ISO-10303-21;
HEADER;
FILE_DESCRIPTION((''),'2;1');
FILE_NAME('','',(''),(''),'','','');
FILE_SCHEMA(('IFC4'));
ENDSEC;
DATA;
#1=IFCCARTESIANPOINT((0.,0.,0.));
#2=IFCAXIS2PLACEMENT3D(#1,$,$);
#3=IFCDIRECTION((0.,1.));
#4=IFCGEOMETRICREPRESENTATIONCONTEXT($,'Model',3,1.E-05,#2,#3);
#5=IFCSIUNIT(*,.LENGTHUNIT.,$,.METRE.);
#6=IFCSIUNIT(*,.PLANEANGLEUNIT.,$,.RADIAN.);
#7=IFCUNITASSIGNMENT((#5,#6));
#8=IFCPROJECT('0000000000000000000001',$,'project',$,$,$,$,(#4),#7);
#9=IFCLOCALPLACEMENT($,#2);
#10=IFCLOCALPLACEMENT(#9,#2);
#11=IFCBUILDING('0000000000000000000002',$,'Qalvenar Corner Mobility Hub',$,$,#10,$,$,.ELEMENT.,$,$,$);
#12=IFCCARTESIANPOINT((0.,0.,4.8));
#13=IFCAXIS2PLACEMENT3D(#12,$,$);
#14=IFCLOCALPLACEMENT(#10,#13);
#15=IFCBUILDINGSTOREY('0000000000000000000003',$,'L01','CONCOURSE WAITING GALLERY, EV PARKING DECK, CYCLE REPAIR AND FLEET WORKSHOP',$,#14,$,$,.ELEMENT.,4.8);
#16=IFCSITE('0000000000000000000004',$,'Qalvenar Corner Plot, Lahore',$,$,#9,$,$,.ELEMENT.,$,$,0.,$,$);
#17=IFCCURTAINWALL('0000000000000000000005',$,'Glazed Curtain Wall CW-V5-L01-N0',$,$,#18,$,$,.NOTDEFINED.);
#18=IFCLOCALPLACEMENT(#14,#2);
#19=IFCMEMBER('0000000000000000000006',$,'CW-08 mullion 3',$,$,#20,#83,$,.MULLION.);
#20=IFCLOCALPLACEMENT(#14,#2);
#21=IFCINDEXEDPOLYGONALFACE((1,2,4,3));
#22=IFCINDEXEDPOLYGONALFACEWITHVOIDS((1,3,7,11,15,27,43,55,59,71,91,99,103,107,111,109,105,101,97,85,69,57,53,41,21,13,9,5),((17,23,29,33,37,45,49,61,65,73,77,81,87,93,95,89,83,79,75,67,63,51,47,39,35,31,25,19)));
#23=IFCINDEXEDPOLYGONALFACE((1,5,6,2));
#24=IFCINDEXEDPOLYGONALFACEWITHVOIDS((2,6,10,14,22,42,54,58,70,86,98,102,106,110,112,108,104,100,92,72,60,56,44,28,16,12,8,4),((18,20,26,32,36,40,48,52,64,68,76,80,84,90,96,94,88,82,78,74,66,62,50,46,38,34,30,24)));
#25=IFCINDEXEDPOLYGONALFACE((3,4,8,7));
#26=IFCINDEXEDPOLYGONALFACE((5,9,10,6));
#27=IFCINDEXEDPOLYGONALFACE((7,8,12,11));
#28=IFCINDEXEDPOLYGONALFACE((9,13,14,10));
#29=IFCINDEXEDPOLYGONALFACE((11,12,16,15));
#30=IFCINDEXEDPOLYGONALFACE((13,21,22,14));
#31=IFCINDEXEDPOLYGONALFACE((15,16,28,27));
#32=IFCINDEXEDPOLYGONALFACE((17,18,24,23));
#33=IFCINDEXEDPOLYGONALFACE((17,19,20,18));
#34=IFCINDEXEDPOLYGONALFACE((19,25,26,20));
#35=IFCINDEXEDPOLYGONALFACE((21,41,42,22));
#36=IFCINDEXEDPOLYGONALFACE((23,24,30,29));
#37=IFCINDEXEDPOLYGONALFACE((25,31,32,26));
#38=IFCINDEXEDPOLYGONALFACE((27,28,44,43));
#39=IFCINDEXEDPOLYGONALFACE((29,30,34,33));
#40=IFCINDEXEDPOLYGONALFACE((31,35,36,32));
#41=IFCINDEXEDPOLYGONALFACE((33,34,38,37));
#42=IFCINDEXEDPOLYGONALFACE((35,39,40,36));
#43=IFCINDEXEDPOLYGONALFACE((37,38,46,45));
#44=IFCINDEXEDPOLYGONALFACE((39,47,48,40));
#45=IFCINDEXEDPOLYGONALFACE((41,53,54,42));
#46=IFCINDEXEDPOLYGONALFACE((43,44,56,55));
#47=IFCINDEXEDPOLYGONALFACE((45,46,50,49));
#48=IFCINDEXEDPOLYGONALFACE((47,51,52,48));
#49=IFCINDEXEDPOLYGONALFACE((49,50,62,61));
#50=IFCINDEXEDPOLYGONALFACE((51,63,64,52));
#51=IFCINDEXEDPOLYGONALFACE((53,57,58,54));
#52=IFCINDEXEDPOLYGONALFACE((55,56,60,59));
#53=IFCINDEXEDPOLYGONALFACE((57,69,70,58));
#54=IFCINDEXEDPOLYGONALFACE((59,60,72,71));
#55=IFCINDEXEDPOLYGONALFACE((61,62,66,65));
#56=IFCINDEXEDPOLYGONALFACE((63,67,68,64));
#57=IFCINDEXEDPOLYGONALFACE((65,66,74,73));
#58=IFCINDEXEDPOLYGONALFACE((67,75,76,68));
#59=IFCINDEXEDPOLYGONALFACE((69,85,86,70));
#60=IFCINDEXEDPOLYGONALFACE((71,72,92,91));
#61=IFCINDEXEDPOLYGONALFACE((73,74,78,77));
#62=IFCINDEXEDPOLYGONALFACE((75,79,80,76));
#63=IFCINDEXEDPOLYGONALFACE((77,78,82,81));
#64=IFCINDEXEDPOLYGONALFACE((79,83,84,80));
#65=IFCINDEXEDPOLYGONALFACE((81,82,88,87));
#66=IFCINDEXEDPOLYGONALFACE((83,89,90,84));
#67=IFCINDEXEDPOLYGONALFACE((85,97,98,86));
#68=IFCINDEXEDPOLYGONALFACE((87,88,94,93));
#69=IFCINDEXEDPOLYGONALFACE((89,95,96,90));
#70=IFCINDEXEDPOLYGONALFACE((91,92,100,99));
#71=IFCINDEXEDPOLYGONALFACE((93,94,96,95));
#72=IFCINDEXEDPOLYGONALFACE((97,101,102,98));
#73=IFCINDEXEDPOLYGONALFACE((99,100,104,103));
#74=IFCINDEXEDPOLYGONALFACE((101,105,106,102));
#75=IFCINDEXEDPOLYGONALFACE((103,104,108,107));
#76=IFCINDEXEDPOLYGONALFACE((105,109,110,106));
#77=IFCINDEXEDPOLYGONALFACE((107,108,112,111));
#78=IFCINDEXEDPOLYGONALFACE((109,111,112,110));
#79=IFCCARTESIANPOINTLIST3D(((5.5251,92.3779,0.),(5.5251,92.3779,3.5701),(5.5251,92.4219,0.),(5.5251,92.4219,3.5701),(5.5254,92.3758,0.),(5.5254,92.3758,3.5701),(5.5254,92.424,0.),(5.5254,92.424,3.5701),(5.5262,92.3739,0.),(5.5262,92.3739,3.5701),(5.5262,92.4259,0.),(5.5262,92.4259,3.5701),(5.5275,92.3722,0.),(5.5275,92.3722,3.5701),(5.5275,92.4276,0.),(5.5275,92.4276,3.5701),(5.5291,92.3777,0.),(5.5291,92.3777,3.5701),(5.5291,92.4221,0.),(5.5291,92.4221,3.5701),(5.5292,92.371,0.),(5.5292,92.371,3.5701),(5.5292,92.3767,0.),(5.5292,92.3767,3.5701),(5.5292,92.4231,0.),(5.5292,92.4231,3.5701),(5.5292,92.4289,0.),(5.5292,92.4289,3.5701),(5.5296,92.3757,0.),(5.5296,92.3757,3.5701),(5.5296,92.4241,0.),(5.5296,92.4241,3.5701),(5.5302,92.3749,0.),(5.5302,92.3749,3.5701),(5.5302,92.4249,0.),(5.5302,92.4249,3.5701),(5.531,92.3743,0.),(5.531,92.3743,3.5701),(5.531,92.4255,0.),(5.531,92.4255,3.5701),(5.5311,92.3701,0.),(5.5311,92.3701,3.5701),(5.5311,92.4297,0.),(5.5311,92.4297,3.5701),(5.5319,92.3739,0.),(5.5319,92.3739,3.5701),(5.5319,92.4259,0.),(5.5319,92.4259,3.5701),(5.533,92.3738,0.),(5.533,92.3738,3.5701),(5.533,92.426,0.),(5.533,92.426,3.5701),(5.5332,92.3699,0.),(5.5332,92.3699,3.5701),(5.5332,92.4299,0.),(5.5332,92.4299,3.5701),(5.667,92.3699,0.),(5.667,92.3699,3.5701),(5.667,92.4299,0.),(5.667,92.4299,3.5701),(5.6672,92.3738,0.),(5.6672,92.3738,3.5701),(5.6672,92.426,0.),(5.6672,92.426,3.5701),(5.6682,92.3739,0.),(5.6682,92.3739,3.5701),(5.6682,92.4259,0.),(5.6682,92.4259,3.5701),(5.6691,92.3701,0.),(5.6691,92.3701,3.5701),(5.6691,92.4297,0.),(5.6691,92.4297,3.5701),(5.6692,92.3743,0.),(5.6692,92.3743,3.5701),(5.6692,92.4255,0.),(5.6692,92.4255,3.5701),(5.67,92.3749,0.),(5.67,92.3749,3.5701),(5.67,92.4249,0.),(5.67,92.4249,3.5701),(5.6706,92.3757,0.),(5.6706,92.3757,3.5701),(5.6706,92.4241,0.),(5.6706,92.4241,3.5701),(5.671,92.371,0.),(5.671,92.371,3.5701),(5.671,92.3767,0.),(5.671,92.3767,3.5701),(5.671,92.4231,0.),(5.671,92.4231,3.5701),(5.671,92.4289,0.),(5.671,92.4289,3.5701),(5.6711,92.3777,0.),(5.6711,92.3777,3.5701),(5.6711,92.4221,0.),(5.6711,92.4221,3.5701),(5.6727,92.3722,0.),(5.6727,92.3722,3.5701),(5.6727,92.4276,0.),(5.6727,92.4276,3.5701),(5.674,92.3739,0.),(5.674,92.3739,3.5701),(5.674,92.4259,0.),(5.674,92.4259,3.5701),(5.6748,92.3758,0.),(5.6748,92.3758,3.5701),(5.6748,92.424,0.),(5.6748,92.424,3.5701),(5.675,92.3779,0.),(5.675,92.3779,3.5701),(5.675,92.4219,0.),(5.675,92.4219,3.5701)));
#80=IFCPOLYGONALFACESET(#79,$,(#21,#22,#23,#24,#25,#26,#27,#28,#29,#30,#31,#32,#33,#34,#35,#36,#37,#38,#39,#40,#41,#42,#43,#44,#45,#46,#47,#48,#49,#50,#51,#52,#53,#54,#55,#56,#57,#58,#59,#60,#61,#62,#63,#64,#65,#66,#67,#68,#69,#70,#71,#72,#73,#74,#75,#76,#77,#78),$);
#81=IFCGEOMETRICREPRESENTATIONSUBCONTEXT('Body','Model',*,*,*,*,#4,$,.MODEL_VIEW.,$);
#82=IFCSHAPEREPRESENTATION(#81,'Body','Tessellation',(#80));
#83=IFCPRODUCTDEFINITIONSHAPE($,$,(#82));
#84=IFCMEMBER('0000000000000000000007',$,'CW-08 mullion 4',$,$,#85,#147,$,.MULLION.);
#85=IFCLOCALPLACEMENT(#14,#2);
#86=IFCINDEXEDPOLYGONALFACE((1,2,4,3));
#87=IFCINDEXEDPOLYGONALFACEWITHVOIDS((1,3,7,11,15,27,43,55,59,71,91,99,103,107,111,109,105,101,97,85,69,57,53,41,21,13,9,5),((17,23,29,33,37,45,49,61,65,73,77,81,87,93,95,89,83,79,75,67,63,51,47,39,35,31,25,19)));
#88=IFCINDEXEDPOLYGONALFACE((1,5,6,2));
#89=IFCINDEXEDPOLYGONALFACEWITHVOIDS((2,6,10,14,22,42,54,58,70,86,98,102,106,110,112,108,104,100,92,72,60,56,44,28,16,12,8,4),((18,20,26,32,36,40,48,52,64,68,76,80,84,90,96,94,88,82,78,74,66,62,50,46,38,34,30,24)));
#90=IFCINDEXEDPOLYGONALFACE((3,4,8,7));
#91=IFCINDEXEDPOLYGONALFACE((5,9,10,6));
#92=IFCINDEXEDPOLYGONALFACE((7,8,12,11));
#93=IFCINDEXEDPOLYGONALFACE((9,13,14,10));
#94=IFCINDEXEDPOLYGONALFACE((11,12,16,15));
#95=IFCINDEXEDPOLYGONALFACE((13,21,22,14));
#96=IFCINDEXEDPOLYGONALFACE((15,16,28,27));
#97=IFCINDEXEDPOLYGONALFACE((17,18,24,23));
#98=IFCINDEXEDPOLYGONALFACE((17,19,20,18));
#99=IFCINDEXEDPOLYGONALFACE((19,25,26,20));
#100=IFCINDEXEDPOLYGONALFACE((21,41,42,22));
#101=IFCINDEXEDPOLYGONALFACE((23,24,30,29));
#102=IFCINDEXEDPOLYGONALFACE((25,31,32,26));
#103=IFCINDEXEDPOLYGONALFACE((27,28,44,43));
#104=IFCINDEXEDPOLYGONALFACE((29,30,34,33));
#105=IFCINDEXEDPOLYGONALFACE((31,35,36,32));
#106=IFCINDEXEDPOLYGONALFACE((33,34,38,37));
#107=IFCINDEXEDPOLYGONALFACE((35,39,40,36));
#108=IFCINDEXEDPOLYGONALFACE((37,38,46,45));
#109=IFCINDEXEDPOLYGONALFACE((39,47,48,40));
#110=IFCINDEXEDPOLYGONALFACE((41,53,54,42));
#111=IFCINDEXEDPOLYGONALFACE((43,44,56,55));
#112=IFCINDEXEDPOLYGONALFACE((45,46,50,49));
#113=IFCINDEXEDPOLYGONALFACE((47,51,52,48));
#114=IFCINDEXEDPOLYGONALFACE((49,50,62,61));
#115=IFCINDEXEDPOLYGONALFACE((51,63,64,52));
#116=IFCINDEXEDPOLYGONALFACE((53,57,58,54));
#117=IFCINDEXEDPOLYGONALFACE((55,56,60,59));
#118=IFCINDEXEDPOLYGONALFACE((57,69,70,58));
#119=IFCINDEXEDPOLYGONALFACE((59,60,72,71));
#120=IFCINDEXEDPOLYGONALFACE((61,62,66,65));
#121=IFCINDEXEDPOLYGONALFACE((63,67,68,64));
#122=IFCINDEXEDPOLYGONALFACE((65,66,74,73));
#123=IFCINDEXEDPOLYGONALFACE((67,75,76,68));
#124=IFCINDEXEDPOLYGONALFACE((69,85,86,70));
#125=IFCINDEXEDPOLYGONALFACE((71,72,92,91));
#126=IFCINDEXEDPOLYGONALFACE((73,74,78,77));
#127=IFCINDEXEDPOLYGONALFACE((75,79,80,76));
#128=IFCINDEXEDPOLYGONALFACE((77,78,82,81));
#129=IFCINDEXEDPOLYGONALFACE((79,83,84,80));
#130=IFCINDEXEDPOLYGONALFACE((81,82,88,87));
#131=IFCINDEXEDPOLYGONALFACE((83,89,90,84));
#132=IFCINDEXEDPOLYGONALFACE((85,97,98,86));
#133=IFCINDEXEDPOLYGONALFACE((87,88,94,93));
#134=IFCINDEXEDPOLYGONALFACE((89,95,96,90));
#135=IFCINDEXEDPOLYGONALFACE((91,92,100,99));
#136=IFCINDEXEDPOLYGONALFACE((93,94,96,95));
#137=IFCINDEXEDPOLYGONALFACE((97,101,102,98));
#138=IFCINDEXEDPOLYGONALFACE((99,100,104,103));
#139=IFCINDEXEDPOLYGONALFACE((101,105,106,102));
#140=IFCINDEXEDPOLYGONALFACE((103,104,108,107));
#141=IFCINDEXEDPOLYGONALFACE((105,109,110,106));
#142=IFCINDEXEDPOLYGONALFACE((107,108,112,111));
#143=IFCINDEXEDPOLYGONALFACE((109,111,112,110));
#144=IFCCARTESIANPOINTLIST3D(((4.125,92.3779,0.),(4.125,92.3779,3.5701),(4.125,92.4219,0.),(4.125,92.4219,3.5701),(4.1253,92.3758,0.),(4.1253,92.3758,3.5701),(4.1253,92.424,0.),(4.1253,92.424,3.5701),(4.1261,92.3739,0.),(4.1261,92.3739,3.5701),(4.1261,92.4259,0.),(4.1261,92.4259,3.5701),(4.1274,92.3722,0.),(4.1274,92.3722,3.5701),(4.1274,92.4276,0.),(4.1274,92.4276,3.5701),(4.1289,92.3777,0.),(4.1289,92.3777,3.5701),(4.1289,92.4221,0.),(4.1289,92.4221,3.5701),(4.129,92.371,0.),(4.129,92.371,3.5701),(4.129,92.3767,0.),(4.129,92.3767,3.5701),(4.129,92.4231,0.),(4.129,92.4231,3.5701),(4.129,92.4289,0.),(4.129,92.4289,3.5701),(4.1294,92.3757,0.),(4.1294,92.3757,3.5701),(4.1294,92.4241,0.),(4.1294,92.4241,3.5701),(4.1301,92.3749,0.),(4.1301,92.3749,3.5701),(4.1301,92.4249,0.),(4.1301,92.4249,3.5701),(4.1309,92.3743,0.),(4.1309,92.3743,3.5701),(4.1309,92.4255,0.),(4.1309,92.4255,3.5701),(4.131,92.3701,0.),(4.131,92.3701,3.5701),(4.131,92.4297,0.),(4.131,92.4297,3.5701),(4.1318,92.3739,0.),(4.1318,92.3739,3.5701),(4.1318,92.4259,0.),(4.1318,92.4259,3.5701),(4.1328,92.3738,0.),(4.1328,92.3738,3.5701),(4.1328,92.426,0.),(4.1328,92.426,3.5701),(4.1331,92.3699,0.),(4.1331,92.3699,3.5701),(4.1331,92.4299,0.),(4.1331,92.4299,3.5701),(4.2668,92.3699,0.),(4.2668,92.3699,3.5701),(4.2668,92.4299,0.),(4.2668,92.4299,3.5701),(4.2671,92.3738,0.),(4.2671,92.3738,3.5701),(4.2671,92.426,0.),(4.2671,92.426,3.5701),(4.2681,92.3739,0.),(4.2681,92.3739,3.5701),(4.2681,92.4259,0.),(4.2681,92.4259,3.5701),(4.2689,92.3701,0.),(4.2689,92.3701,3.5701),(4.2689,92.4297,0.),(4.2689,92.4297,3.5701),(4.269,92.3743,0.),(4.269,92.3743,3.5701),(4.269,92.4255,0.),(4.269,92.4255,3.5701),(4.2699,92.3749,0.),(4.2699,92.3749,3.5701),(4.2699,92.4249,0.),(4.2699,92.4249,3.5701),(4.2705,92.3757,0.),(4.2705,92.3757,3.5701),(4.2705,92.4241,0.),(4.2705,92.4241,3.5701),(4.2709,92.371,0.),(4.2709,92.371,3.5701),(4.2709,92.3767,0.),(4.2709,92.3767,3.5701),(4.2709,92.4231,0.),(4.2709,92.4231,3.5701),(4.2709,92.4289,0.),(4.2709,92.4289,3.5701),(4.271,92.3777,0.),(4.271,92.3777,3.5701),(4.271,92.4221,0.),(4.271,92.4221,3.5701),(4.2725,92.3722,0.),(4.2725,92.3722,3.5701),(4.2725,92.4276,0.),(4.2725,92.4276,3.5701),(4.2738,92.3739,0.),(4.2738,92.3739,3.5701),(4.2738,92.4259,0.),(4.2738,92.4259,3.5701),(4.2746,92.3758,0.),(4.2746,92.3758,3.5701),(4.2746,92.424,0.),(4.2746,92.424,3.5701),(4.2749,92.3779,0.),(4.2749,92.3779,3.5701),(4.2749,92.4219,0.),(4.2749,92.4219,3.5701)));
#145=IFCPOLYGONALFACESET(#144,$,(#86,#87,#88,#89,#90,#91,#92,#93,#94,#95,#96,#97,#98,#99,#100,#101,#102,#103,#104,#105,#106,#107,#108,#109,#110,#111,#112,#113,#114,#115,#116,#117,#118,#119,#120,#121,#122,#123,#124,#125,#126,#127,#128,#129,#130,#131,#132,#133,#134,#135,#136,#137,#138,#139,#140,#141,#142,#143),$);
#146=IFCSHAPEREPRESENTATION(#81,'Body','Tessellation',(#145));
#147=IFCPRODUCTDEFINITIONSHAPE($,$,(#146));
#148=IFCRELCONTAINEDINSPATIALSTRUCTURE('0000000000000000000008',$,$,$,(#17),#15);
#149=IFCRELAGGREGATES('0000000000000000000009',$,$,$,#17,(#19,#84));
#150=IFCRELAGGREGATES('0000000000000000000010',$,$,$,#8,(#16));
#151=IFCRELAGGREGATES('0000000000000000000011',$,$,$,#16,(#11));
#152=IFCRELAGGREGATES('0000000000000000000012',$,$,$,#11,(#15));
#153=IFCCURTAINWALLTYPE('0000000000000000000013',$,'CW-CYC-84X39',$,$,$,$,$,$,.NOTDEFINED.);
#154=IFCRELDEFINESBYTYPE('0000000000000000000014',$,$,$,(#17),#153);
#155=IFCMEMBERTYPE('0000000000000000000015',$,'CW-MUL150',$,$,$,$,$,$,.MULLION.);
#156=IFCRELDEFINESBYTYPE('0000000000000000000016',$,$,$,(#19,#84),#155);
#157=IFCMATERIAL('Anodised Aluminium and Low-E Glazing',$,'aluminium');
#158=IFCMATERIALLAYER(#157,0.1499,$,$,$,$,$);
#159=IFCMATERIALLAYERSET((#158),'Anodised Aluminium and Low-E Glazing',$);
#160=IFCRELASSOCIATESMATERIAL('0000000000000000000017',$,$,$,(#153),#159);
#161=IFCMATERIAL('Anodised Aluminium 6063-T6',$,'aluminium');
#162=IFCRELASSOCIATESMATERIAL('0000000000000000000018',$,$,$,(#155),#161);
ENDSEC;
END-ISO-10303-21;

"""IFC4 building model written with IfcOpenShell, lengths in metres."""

from ifc_helpers import new_model, si_unit, direction, frame, origin, origin_2d, place, context, subcontext, project, spatial, hollow_rectangle, extrude, material, layer, layer_set, material_profile, profile_set, type_object, element, aggregate, save


model = new_model("IFC4")

# Units and contexts
model_context = context("Model", 3, precision=1e-05, world=origin(), true_north=direction((0.0, 1.0)))
body_context = subcontext(model_context, "Body", "Model", "MODEL_VIEW")
ifc_project = project(units=[si_unit("LENGTHUNIT", "METRE"), si_unit("PLANEANGLEUNIT", "RADIAN")], contexts=[model_context])

# Site, building, storey
site_placement = place(None, origin())
site = spatial("IfcSite", under=ifc_project, at=site_placement, Name="Qalvenar Corner Plot, Lahore", CompositionType="ELEMENT", RefElevation=0.0)
building_placement = place(site_placement, origin())
building = spatial("IfcBuilding", under=site, at=building_placement, Name="Qalvenar Corner Mobility Hub", CompositionType="ELEMENT")
storey_placement = place(building_placement, frame((0.0, 0.0, 4.8)))
storey = spatial("IfcBuildingStorey", under=building, at=storey_placement, Name="L01", Description="CONCOURSE WAITING GALLERY, EV PARKING DECK, CYCLE REPAIR AND FLEET WORKSHOP", CompositionType="ELEMENT", Elevation=4.8)

# Curtain wall, members
ifc_material_1 = material(Name="Anodised Aluminium and Low-E Glazing", Category="aluminium")
ifc_layer_1 = layer(ifc_material_1, 0.1499)
ifc_layer_set_1 = layer_set([ifc_layer_1], Name="Anodised Aluminium and Low-E Glazing")
curtain_wall_type = type_object("IfcCurtainWallType", Name="CW-CYC-84X39", PredefinedType="NOTDEFINED", material=ifc_layer_set_1)
curtain_wall_placement = place(storey_placement, origin())
curtain_wall = element("IfcCurtainWall", 1, at=curtain_wall_placement, inside=storey, type_object=curtain_wall_type, Name="Glazed Curtain Wall CW-V5-L01-N0", PredefinedType="NOTDEFINED")
ifc_material_2 = material(Name="Anodised Aluminium 6063-T6", Category="aluminium")
ifc_material_profile_1 = material_profile(ifc_material_2, hollow_rectangle(XDim=0.0601, YDim=0.1499, WallThickness=0.0039, InnerFilletRadius=0.0039, OuterFilletRadius=0.0081, at=origin_2d()), Name="RHS150x60x4")
ifc_profile_set_1 = profile_set([ifc_material_profile_1], Name="Anodised Aluminium 6063-T6")
member_type_1 = type_object("IfcMemberType", Name="CW-MUL150", PredefinedType="MULLION", material=ifc_profile_set_1)
member_1_placement = place(storey_placement, frame((5.6001, 92.3999, 0.0), z_axis=(0.0, 0.0, 1.0), x_axis=(0.0, -1.0, 0.0)))
member_1 = element("IfcMember", 2, at=member_1_placement, type_object=member_type_1, Name="CW-08 mullion 3", PredefinedType="MULLION", context=body_context, shape_type="SweptSolid", body=[
    extrude(hollow_rectangle(XDim=0.0601, YDim=0.1499, WallThickness=0.0039, InnerFilletRadius=0.0039, OuterFilletRadius=0.0081, at=origin_2d()), origin(), (0.0, 0.0, 1.0), 3.5701),
])
member_2_placement = place(storey_placement, frame((4.2, 92.3999, 0.0), z_axis=(0.0, 0.0, 1.0), x_axis=(0.0, -1.0, 0.0)))
member_2 = element("IfcMember", 3, at=member_2_placement, type_object=member_type_1, Name="CW-08 mullion 4", PredefinedType="MULLION", context=body_context, shape_type="SweptSolid", body=[
    extrude(hollow_rectangle(XDim=0.0601, YDim=0.1499, WallThickness=0.0039, InnerFilletRadius=0.0039, OuterFilletRadius=0.0081, at=origin_2d()), origin(), (0.0, 0.0, 1.0), 3.5701),
])
aggregate(curtain_wall, [member_1, member_2])

save(model, "model.ifc")
